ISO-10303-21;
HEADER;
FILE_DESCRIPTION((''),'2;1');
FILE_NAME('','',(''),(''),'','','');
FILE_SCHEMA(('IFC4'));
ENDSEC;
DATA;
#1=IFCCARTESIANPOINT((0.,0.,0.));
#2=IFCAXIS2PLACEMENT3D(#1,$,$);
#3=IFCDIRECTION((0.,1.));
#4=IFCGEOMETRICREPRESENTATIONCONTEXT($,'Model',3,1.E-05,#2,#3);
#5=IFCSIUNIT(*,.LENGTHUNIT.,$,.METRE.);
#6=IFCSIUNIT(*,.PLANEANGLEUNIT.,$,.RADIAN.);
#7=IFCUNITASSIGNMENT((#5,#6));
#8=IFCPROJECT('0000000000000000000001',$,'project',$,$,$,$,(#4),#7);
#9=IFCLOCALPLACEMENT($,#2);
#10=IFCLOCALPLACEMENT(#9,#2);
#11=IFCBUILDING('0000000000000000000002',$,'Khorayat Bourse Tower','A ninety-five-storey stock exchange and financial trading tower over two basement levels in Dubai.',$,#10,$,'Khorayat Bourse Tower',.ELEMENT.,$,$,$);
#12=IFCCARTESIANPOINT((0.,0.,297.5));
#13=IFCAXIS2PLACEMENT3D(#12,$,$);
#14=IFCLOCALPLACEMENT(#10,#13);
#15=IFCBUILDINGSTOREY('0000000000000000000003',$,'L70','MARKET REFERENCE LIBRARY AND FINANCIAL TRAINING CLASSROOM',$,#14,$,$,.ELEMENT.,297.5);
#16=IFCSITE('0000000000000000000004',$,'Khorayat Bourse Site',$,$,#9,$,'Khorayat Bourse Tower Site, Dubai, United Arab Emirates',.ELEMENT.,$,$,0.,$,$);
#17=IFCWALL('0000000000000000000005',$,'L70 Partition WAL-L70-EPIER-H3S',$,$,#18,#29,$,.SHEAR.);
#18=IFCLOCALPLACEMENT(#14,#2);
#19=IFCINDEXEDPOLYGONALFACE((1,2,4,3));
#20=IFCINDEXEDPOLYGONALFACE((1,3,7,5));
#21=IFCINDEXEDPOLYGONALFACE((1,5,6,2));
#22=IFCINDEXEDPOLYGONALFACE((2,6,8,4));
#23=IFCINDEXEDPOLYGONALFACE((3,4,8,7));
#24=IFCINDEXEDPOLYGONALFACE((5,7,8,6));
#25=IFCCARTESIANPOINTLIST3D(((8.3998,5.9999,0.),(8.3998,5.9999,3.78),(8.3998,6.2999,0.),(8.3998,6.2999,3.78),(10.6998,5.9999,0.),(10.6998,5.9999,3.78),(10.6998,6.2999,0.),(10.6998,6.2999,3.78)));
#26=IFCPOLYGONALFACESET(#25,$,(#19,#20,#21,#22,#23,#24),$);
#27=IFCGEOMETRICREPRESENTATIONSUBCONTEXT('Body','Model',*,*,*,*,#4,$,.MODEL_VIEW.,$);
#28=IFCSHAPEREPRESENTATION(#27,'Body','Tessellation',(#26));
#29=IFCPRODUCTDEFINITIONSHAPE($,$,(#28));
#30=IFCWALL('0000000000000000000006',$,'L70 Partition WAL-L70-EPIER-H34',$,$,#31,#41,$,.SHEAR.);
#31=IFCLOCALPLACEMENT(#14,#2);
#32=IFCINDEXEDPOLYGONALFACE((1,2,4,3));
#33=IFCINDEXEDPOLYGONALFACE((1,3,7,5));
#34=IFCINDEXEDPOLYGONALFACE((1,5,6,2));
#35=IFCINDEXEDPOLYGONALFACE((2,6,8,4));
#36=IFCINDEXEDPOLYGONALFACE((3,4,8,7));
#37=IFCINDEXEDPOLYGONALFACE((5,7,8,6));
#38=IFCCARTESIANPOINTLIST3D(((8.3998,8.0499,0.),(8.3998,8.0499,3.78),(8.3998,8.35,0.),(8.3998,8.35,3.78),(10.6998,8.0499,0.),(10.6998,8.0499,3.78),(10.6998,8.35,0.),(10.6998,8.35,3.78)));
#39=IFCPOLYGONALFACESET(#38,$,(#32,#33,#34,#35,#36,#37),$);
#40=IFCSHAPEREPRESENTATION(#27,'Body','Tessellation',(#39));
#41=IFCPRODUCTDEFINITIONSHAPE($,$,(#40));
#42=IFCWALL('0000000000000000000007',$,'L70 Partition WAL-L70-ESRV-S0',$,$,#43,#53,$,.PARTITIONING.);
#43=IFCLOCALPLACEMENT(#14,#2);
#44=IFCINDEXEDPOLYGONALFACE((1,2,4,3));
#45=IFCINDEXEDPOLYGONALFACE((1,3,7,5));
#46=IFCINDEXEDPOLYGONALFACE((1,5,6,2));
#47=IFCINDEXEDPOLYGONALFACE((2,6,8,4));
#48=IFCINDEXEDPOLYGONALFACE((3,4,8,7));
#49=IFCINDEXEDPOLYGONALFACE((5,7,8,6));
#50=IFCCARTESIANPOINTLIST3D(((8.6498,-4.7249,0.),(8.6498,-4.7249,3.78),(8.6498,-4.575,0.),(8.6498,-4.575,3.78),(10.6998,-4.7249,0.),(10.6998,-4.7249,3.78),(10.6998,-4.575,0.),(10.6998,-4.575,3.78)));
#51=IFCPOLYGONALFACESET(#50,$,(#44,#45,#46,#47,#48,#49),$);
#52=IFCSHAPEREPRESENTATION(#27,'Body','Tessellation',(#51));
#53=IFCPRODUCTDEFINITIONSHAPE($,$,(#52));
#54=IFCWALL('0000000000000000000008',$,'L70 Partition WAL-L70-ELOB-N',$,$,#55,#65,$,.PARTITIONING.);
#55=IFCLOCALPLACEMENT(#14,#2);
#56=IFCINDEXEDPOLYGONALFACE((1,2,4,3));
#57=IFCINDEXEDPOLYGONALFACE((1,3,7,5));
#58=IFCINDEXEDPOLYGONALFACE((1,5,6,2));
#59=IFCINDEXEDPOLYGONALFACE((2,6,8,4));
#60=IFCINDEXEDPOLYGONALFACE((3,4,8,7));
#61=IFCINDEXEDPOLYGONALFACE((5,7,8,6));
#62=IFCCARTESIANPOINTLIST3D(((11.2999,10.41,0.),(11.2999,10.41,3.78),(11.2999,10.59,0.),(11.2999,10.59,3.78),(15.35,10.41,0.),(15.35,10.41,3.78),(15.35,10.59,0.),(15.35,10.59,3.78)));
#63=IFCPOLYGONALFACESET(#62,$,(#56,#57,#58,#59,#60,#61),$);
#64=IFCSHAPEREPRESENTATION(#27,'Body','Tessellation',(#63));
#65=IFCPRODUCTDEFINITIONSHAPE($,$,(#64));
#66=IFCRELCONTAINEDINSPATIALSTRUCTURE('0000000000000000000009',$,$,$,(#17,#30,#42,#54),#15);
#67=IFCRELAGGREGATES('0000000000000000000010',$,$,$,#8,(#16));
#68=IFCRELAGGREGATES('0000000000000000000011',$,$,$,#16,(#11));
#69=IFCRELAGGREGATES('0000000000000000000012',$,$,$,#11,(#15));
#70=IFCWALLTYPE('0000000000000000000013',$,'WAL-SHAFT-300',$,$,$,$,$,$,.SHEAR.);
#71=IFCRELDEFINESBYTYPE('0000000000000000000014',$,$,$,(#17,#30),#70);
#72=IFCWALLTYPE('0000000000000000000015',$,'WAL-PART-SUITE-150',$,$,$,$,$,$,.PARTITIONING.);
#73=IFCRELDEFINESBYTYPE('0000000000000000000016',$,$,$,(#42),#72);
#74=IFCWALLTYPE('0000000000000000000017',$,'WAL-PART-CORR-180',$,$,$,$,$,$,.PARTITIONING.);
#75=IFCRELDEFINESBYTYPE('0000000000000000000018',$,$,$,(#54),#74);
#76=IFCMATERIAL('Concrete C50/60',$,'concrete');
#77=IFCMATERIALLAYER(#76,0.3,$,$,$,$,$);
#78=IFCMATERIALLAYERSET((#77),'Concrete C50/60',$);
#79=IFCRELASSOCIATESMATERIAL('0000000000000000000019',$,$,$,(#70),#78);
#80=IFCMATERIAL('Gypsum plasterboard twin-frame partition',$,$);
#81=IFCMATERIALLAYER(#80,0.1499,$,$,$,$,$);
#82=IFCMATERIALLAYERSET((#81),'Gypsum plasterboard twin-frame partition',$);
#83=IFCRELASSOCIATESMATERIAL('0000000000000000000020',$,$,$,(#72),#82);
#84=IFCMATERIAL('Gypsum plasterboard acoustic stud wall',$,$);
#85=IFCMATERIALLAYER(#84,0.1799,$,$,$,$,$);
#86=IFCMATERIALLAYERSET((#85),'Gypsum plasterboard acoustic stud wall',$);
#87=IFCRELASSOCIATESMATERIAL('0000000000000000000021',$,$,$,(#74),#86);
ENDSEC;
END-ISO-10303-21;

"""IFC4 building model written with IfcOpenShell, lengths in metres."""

from ifc_helpers import new_model, si_unit, direction, frame, frame_2d, origin, place, context, subcontext, project, spatial, rectangle, extrude, source, transform, mapped, material, layer, layer_set, type_object, element, save


model = new_model("IFC4")

# Units and contexts
model_context = context("Model", 3, precision=1e-05, world=origin(), true_north=direction((0.0, 1.0)))
body_context = subcontext(model_context, "Body", "Model", "MODEL_VIEW")
ifc_project = project(units=[si_unit("LENGTHUNIT", "METRE"), si_unit("PLANEANGLEUNIT", "RADIAN")], contexts=[model_context])

# Site, building, storey
site_placement = place(None, origin())
site = spatial("IfcSite", under=ifc_project, at=site_placement, Name="Khorayat Bourse Site", LongName="Khorayat Bourse Tower Site, Dubai, United Arab Emirates", CompositionType="ELEMENT", RefElevation=0.0)
building_placement = place(site_placement, origin())
building = spatial("IfcBuilding", under=site, at=building_placement, Name="Khorayat Bourse Tower", Description="A ninety-five-storey stock exchange and financial trading tower over two basement levels in Dubai.", LongName="Khorayat Bourse Tower", CompositionType="ELEMENT")
storey_placement = place(building_placement, frame((0.0, 0.0, 297.5)))
storey = spatial("IfcBuildingStorey", under=building, at=storey_placement, Name="L70", Description="MARKET REFERENCE LIBRARY AND FINANCIAL TRAINING CLASSROOM", CompositionType="ELEMENT", Elevation=297.5)

# Walls
ifc_material_1 = material(Name="Concrete C50/60", Category="concrete")
ifc_layer_1 = layer(ifc_material_1, 0.3)
ifc_layer_set_1 = layer_set([ifc_layer_1], Name="Concrete C50/60")
wall_type_1 = type_object("IfcWallType", Name="WAL-SHAFT-300", PredefinedType="SHEAR", material=ifc_layer_set_1)
shared_shape_1 = source(origin(), body_context, "Body", "SweptSolid", [
    extrude(rectangle(XDim=2.3, YDim=0.3, at=frame_2d((1.1499, 0.0))), origin(), (0.0, 0.0, 1.0), 3.78),
])
for number, where, z_axis, x_axis, name in (
    (1, (8.3999, 6.1499, 0.0), (0.0, 0.0, 1.0), (1.0, 0.0, 0.0), "L70 Partition WAL-L70-EPIER-H3S"),
    (2, (8.3999, 8.2, 0.0), (0.0, 0.0, 1.0), (1.0, 0.0, 0.0), "L70 Partition WAL-L70-EPIER-H34"),
):
    element("IfcWall", number, at=place(storey_placement, frame(where, z_axis=z_axis, x_axis=x_axis)), inside=storey, type_object=wall_type_1, Name=name, PredefinedType="SHEAR", context=body_context, shape_type="MappedRepresentation", body=[
        mapped(shared_shape_1, transform((0.0, 0.0, 0.0), scale=1.0)),
    ])
ifc_material_2 = material(Name="Gypsum plasterboard twin-frame partition")
ifc_layer_2 = layer(ifc_material_2, 0.1499)
ifc_layer_set_2 = layer_set([ifc_layer_2], Name="Gypsum plasterboard twin-frame partition")
wall_type_2 = type_object("IfcWallType", Name="WAL-PART-SUITE-150", PredefinedType="PARTITIONING", material=ifc_layer_set_2)
shared_shape_2 = source(origin(), body_context, "Body", "SweptSolid", [
    extrude(rectangle(XDim=2.05, YDim=0.1499, at=frame_2d((1.0249, 0.0))), origin(), (0.0, 0.0, 1.0), 3.78),
])
wall_1_placement = place(storey_placement, frame((8.6499, -4.6499, 0.0), z_axis=(0.0, 0.0, 1.0), x_axis=(1.0, 0.0, 0.0)))
element("IfcWall", 3, at=wall_1_placement, inside=storey, type_object=wall_type_2, Name="L70 Partition WAL-L70-ESRV-S0", PredefinedType="PARTITIONING", context=body_context, shape_type="MappedRepresentation", body=[
    mapped(shared_shape_2, transform((0.0, 0.0, 0.0), scale=1.0)),
])
ifc_material_3 = material(Name="Gypsum plasterboard acoustic stud wall")
ifc_layer_3 = layer(ifc_material_3, 0.1799)
ifc_layer_set_3 = layer_set([ifc_layer_3], Name="Gypsum plasterboard acoustic stud wall")
wall_type_3 = type_object("IfcWallType", Name="WAL-PART-CORR-180", PredefinedType="PARTITIONING", material=ifc_layer_set_3)
shared_shape_3 = source(origin(), body_context, "Body", "SweptSolid", [
    extrude(rectangle(XDim=4.05, YDim=0.1799, at=frame_2d((2.0249, 0.0))), origin(), (0.0, 0.0, 1.0), 3.78),
])
wall_2_placement = place(storey_placement, frame((11.3, 10.5, 0.0), z_axis=(0.0, 0.0, 1.0), x_axis=(1.0, 0.0, 0.0)))
element("IfcWall", 4, at=wall_2_placement, inside=storey, type_object=wall_type_3, Name="L70 Partition WAL-L70-ELOB-N", PredefinedType="PARTITIONING", context=body_context, shape_type="MappedRepresentation", body=[
    mapped(shared_shape_3, transform((0.0, 0.0, 0.0), scale=1.0)),
])

save(model, "model.ifc")
